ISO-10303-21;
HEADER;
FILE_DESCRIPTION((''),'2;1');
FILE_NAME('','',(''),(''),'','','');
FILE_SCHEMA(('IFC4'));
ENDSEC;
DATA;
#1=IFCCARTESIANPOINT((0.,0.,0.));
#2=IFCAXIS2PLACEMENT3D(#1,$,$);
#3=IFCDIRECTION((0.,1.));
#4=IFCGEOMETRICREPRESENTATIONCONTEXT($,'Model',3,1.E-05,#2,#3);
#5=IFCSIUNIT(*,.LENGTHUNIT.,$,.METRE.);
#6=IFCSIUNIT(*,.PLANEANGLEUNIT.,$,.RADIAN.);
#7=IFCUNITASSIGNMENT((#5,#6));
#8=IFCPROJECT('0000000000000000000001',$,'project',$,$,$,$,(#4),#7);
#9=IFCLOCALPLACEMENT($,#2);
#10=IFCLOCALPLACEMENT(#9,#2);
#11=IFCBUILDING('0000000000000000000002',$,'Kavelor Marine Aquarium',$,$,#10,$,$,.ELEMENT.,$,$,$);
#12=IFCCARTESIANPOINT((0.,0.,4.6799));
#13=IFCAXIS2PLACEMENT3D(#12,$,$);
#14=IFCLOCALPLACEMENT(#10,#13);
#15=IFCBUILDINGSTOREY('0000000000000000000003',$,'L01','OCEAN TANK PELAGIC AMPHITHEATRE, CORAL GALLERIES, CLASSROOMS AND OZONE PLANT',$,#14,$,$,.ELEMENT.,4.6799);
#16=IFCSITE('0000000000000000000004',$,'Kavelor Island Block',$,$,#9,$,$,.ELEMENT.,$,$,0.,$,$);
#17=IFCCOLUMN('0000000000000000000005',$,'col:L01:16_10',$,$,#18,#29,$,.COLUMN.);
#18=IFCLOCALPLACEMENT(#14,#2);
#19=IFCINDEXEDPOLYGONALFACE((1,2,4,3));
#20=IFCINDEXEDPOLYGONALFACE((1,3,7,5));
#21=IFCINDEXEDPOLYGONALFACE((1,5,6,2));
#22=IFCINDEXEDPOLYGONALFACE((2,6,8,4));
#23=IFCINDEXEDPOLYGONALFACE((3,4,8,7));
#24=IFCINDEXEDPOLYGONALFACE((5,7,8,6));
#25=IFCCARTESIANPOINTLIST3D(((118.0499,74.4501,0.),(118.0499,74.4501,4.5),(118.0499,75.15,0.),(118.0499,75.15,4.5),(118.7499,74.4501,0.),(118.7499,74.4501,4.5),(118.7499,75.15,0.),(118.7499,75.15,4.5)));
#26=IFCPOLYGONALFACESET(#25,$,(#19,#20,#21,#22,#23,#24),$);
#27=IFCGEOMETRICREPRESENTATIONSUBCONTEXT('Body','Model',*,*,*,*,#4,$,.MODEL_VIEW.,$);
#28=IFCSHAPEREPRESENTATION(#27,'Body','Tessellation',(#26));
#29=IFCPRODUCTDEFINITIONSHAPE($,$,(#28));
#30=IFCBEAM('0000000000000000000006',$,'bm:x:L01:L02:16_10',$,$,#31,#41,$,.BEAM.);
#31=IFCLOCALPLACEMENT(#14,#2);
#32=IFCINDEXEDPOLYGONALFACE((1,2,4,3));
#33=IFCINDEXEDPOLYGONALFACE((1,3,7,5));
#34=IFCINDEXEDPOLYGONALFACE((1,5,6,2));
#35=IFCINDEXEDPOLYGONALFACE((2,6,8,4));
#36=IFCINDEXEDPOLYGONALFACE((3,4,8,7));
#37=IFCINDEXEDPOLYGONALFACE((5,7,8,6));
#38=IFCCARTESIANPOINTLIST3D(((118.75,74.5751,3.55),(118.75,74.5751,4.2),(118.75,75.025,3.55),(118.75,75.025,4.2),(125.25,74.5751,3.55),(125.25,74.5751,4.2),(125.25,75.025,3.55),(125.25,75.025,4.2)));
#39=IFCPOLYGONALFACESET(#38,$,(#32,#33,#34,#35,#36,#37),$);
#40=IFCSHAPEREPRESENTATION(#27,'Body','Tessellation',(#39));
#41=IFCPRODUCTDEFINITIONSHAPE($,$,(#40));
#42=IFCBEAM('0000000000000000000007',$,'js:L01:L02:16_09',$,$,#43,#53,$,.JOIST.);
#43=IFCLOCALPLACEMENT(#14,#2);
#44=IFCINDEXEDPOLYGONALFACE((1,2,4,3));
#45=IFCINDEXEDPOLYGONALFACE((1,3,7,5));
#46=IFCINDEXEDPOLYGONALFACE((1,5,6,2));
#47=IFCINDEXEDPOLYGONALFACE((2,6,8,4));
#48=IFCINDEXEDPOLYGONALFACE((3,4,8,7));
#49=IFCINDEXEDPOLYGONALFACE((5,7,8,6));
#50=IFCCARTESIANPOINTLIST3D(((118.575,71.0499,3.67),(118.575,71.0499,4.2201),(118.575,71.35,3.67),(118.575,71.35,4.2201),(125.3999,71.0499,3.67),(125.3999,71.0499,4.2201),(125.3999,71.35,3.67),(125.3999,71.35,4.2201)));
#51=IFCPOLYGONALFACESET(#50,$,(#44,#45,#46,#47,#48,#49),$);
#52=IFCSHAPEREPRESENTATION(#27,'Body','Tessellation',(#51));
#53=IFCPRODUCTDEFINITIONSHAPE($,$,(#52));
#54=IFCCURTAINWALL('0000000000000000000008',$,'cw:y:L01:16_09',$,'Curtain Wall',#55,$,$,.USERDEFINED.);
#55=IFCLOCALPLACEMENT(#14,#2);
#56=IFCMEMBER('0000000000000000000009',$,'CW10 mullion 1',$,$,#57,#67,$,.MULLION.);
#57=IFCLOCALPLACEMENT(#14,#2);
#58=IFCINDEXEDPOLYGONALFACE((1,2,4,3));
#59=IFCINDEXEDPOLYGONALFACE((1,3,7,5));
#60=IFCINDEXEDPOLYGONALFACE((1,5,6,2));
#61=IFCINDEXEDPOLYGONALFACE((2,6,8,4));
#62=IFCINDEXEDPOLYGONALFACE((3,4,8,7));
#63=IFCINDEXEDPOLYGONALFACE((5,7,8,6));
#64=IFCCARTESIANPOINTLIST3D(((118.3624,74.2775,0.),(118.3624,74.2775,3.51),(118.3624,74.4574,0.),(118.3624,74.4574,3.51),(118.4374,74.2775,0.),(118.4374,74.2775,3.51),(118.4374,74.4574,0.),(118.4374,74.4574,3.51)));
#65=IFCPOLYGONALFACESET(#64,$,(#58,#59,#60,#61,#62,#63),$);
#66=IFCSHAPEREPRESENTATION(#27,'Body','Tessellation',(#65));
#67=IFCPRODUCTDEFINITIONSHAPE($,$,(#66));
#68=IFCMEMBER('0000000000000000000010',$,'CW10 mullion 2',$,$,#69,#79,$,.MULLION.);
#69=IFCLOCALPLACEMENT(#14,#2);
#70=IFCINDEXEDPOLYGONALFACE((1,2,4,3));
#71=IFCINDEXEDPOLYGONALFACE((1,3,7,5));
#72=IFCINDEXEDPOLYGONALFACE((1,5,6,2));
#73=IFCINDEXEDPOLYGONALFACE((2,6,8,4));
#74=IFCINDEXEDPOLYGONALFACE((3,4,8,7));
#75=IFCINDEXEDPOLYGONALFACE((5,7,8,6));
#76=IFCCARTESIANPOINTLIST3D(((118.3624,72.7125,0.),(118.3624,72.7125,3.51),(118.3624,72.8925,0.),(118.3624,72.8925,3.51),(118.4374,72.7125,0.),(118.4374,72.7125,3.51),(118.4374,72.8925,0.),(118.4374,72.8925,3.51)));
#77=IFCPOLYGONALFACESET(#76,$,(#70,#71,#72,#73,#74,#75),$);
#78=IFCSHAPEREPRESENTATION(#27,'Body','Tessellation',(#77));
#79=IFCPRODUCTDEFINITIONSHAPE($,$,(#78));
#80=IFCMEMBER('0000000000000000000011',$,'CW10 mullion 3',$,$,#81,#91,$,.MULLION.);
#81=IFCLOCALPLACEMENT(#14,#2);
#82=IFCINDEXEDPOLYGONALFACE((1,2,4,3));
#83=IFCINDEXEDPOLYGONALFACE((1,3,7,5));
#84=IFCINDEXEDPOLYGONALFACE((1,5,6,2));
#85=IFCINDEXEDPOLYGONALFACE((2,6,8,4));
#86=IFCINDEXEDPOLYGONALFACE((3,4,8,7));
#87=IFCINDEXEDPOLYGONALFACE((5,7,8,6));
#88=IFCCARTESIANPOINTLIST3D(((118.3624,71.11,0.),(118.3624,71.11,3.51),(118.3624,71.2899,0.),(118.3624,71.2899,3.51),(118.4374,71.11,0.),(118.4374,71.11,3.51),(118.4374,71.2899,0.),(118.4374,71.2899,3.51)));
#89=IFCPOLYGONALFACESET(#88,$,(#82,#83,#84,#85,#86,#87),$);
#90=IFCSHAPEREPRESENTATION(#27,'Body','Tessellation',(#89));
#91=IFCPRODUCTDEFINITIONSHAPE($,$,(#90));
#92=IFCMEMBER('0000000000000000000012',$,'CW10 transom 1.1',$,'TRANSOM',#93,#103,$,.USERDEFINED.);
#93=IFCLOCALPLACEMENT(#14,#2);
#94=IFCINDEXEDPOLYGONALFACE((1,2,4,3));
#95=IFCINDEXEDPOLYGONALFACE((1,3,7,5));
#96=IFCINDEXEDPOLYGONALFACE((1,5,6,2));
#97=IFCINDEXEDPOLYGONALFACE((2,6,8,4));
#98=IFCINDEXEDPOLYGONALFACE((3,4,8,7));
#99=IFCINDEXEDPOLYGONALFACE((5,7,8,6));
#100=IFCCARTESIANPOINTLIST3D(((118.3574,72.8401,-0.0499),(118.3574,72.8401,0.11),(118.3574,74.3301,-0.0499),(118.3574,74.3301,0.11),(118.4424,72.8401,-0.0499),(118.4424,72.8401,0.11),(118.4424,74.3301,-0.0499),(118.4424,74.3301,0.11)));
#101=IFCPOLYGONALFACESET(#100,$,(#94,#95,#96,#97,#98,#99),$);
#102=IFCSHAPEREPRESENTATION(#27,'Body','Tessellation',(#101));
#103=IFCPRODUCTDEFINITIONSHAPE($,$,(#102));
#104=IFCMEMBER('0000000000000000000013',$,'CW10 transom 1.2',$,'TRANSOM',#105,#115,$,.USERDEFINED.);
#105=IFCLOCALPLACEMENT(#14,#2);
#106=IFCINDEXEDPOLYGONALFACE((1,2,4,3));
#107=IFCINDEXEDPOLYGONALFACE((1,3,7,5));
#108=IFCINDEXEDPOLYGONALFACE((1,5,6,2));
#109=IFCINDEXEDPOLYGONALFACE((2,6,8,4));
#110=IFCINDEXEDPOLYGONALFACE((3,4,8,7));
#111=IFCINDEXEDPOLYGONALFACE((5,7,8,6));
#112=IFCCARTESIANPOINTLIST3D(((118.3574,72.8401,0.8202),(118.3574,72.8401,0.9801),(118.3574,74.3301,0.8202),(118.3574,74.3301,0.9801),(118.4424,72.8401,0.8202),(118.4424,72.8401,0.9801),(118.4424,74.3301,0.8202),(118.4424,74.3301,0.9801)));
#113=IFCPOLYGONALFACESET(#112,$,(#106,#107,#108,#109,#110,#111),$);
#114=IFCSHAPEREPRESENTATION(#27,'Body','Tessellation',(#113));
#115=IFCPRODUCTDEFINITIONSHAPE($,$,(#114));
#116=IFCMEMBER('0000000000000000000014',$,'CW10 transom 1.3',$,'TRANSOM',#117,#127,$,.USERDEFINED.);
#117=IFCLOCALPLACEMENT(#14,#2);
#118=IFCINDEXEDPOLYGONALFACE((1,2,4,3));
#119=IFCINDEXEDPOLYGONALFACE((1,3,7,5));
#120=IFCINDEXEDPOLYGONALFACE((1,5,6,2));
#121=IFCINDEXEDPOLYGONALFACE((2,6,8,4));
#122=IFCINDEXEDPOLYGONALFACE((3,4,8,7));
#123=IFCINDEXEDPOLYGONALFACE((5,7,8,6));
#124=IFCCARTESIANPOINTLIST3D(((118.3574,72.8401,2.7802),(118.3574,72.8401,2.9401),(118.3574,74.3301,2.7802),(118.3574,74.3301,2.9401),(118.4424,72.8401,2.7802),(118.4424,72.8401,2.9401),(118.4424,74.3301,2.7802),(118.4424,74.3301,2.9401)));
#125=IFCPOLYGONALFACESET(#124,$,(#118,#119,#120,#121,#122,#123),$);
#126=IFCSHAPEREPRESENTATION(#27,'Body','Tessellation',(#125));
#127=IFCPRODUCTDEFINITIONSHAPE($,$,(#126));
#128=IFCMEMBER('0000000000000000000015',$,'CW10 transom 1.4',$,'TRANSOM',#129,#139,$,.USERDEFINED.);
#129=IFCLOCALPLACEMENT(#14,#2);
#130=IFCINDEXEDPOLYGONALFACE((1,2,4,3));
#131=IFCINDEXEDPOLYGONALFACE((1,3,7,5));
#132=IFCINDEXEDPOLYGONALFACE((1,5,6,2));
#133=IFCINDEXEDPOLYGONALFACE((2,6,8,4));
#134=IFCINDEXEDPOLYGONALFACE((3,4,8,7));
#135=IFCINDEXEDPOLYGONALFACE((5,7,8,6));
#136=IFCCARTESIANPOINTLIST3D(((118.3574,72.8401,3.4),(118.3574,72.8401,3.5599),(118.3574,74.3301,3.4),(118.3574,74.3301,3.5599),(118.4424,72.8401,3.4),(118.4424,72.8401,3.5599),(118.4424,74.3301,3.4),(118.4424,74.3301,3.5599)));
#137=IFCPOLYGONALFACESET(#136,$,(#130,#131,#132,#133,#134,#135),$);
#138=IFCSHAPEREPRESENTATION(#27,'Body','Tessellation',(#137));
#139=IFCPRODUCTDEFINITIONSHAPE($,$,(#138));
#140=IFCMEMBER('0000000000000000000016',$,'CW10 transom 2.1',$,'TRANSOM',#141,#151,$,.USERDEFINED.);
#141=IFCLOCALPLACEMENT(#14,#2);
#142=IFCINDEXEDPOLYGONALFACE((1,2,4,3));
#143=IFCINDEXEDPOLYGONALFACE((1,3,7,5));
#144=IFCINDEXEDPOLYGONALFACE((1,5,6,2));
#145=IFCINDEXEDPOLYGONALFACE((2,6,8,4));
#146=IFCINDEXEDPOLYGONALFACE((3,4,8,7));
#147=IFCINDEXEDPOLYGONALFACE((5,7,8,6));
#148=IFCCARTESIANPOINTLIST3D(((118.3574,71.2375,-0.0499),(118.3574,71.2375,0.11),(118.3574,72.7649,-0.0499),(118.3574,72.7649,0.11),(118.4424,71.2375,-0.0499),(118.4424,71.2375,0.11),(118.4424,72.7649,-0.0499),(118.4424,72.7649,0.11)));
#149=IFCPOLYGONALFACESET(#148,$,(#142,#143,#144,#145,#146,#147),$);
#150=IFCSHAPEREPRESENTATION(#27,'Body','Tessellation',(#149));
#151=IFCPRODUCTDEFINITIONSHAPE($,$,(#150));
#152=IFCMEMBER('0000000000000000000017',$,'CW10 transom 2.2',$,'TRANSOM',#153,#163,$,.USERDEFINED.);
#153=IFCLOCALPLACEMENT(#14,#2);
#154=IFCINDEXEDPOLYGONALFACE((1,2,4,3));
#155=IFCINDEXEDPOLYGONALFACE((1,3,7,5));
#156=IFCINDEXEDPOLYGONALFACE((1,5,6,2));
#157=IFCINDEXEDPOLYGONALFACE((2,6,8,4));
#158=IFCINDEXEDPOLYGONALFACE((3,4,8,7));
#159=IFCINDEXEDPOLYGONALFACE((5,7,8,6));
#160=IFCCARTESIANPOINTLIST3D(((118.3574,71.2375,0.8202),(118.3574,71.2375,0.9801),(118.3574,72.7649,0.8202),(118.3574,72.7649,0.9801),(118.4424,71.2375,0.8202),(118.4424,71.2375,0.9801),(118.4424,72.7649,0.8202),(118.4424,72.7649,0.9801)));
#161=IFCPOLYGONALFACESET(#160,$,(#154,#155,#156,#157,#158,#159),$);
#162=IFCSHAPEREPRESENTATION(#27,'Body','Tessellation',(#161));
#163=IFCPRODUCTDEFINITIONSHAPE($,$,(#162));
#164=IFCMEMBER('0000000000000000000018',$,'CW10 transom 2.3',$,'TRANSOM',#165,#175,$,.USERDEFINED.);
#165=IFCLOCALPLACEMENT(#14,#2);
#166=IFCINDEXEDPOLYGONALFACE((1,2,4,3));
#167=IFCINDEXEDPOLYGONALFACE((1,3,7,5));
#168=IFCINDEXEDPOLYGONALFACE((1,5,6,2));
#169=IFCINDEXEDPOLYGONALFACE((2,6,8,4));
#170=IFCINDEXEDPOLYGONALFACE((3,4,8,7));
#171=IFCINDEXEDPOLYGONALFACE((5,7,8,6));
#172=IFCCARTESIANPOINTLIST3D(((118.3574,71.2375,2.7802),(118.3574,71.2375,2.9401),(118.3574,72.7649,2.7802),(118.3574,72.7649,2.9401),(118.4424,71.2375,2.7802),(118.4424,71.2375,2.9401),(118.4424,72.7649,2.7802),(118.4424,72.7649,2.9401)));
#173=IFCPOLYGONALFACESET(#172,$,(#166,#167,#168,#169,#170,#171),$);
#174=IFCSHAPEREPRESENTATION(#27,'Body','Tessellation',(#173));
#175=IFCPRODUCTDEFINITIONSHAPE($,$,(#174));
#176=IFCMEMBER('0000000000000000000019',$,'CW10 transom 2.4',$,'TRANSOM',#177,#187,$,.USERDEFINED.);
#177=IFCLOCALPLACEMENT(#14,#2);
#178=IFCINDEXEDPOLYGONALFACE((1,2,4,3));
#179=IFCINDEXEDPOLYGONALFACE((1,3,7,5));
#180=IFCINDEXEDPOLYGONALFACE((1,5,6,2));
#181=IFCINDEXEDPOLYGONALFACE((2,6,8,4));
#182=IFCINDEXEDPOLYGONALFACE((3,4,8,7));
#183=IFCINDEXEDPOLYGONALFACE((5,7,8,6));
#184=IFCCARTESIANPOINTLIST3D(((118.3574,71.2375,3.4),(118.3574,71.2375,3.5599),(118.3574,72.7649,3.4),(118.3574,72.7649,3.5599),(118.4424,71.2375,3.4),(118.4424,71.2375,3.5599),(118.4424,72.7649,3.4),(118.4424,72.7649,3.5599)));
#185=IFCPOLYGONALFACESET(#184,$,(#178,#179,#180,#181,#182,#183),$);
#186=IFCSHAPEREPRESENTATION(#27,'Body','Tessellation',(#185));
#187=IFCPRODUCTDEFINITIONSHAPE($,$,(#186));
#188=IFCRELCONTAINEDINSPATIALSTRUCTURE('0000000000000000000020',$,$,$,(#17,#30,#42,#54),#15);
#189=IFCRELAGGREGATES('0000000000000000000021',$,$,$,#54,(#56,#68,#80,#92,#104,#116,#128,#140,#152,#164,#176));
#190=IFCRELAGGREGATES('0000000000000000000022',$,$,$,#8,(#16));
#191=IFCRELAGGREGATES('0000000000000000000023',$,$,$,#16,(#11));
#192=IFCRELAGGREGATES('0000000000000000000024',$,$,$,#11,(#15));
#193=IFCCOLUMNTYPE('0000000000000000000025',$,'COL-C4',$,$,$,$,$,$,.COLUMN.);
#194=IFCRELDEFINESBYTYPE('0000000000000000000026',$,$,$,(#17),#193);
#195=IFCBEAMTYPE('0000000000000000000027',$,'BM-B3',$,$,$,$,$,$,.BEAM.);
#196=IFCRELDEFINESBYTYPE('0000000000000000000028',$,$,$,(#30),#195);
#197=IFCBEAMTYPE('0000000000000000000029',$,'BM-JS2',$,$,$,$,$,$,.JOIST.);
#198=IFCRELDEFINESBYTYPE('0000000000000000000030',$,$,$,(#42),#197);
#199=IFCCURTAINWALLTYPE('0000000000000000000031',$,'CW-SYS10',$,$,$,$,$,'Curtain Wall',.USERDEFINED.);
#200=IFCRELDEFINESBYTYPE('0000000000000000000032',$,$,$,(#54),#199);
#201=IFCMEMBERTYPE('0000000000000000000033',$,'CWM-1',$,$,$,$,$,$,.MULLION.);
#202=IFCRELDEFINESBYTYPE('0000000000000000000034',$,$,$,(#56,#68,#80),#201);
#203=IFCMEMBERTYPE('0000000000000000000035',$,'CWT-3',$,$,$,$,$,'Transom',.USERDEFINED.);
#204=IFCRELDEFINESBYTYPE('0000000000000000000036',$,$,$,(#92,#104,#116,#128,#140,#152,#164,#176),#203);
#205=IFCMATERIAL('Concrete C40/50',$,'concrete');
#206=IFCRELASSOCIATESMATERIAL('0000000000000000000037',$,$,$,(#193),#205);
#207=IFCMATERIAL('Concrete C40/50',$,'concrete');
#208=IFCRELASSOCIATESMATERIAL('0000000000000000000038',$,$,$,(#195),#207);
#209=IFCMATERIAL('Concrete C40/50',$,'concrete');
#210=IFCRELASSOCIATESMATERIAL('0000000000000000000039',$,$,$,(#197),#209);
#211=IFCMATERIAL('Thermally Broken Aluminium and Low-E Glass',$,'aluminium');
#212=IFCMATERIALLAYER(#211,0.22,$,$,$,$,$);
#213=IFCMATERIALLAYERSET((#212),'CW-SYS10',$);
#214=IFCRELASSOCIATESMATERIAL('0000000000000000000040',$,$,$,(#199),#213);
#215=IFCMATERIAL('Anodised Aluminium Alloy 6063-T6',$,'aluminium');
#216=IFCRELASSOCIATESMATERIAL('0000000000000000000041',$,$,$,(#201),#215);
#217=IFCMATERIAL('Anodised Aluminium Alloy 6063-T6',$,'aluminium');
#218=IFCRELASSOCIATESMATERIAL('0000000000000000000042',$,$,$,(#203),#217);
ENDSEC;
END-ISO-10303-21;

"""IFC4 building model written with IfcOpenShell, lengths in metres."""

from ifc_helpers import new_model, si_unit, direction, frame, origin, origin_2d, place, context, subcontext, project, spatial, rectangle, extrude, material, layer, layer_set, material_profile, profile_set, type_object, element, aggregate, save


model = new_model("IFC4")

# Units and contexts
model_context = context("Model", 3, precision=1e-05, world=origin(), true_north=direction((0.0, 1.0)))
body_context = subcontext(model_context, "Body", "Model", "MODEL_VIEW")
ifc_project = project(units=[si_unit("LENGTHUNIT", "METRE"), si_unit("PLANEANGLEUNIT", "RADIAN")], contexts=[model_context])

# Site, building, storey
site_placement = place(None, origin())
site = spatial("IfcSite", under=ifc_project, at=site_placement, Name="Kavelor Island Block", CompositionType="ELEMENT", RefElevation=0.0)
building_placement = place(site_placement, origin())
building = spatial("IfcBuilding", under=site, at=building_placement, Name="Kavelor Marine Aquarium", CompositionType="ELEMENT")
storey_placement = place(building_placement, frame((0.0, 0.0, 4.6799)))
storey = spatial("IfcBuildingStorey", under=building, at=storey_placement, Name="L01", Description="OCEAN TANK PELAGIC AMPHITHEATRE, CORAL GALLERIES, CLASSROOMS AND OZONE PLANT", CompositionType="ELEMENT", Elevation=4.6799)

# Column
ifc_material_1 = material(Name="Concrete C40/50", Category="concrete")
ifc_material_profile_1 = material_profile(ifc_material_1, rectangle(XDim=0.7, YDim=0.7, at=origin_2d()), Name="RC-COL 700x700")
ifc_profile_set_1 = profile_set([ifc_material_profile_1], Name="Concrete C40/50")
column_type = type_object("IfcColumnType", Name="COL-C4", PredefinedType="COLUMN", material=ifc_profile_set_1)
column_placement = place(storey_placement, frame((118.3999, 74.8, 0.0), z_axis=(0.0, 0.0, 1.0), x_axis=(1.0, 0.0, 0.0)))
element("IfcColumn", 1, at=column_placement, inside=storey, type_object=column_type, Name="col:L01:16_10", PredefinedType="COLUMN", context=body_context, shape_type="SweptSolid", body=[
    extrude(rectangle(XDim=0.7, YDim=0.7, at=origin_2d()), origin(), (0.0, 0.0, 1.0), 4.5),
])

# Beams
ifc_material_2 = material(Name="Concrete C40/50", Category="concrete")
ifc_material_profile_2 = material_profile(ifc_material_2, rectangle(XDim=0.45, YDim=0.6499, at=origin_2d()), Name="RC-BM 450x650")
ifc_profile_set_2 = profile_set([ifc_material_profile_2], Name="Concrete C40/50")
beam_type_1 = type_object("IfcBeamType", Name="BM-B3", PredefinedType="BEAM", material=ifc_profile_set_2)
beam_1_placement = place(storey_placement, frame((118.75, 74.8, 3.875), z_axis=(1.0, 0.0, 0.0), x_axis=(0.0, 1.0, 0.0)))
element("IfcBeam", 2, at=beam_1_placement, inside=storey, type_object=beam_type_1, Name="bm:x:L01:L02:16_10", PredefinedType="BEAM", context=body_context, shape_type="SweptSolid", body=[
    extrude(rectangle(XDim=0.45, YDim=0.6499, at=origin_2d()), origin(), (0.0, 0.0, 1.0), 6.5),
])
ifc_material_3 = material(Name="Concrete C40/50", Category="concrete")
ifc_material_profile_3 = material_profile(ifc_material_3, rectangle(XDim=0.3, YDim=0.55, at=origin_2d()), Name="RC-JS 300x550")
ifc_profile_set_3 = profile_set([ifc_material_profile_3], Name="Concrete C40/50")
beam_type_2 = type_object("IfcBeamType", Name="BM-JS2", PredefinedType="JOIST", material=ifc_profile_set_3)
beam_2_placement = place(storey_placement, frame((118.575, 71.2, 3.9451), z_axis=(1.0, 0.0, 0.0), x_axis=(0.0, 1.0, 0.0)))
element("IfcBeam", 3, at=beam_2_placement, inside=storey, type_object=beam_type_2, Name="js:L01:L02:16_09", PredefinedType="JOIST", context=body_context, shape_type="SweptSolid", body=[
    extrude(rectangle(XDim=0.3, YDim=0.55, at=origin_2d()), origin(), (0.0, 0.0, 1.0), 6.825),
])

# Curtain wall, members
ifc_material_4 = material(Name="Thermally Broken Aluminium and Low-E Glass", Category="aluminium")
ifc_layer_1 = layer(ifc_material_4, 0.22)
ifc_layer_set_1 = layer_set([ifc_layer_1], Name="CW-SYS10")
curtain_wall_type = type_object("IfcCurtainWallType", Name="CW-SYS10", ElementType="Curtain Wall", PredefinedType="USERDEFINED", material=ifc_layer_set_1)
curtain_wall_placement = place(storey_placement, origin())
curtain_wall = element("IfcCurtainWall", 4, at=curtain_wall_placement, inside=storey, type_object=curtain_wall_type, Name="cw:y:L01:16_09", ObjectType="Curtain Wall", PredefinedType="USERDEFINED")
ifc_material_5 = material(Name="Anodised Aluminium Alloy 6063-T6", Category="aluminium")
ifc_material_profile_4 = material_profile(ifc_material_5, rectangle(XDim=0.075, YDim=0.1799, at=origin_2d()), Name="CW-MUL 75x180")
ifc_profile_set_4 = profile_set([ifc_material_profile_4], Name="Anodised Aluminium Alloy 6063-T6")
member_type_1 = type_object("IfcMemberType", Name="CWM-1", PredefinedType="MULLION", material=ifc_profile_set_4)
member_1_placement = place(storey_placement, frame((118.3999, 74.3674, 0.0), z_axis=(0.0, 0.0, 1.0), x_axis=(1.0, 0.0, 0.0)))
member_1 = element("IfcMember", 5, at=member_1_placement, type_object=member_type_1, Name="CW10 mullion 1", PredefinedType="MULLION", context=body_context, shape_type="SweptSolid", body=[
    extrude(rectangle(XDim=0.075, YDim=0.1799, at=origin_2d()), origin(), (0.0, 0.0, 1.0), 3.51),
])
member_2_placement = place(storey_placement, frame((118.3999, 72.8025, 0.0), z_axis=(0.0, 0.0, 1.0), x_axis=(1.0, 0.0, 0.0)))
member_2 = element("IfcMember", 6, at=member_2_placement, type_object=member_type_1, Name="CW10 mullion 2", PredefinedType="MULLION", context=body_context, shape_type="SweptSolid", body=[
    extrude(rectangle(XDim=0.075, YDim=0.1799, at=origin_2d()), origin(), (0.0, 0.0, 1.0), 3.51),
])
member_3_placement = place(storey_placement, frame((118.3999, 71.2, 0.0), z_axis=(0.0, 0.0, 1.0), x_axis=(1.0, 0.0, 0.0)))
member_3 = element("IfcMember", 7, at=member_3_placement, type_object=member_type_1, Name="CW10 mullion 3", PredefinedType="MULLION", context=body_context, shape_type="SweptSolid", body=[
    extrude(rectangle(XDim=0.075, YDim=0.1799, at=origin_2d()), origin(), (0.0, 0.0, 1.0), 3.51),
])
ifc_material_6 = material(Name="Anodised Aluminium Alloy 6063-T6", Category="aluminium")
ifc_material_profile_5 = material_profile(ifc_material_6, rectangle(XDim=0.085, YDim=0.1599, at=origin_2d()), Name="CW-TRN 85x160")
ifc_profile_set_5 = profile_set([ifc_material_profile_5], Name="Anodised Aluminium Alloy 6063-T6")
member_type_2 = type_object("IfcMemberType", Name="CWT-3", ElementType="Transom", PredefinedType="USERDEFINED", material=ifc_profile_set_5)
member_4_placement = place(storey_placement, frame((118.3999, 74.3301, 0.03), z_axis=(0.0, -1.0, 0.0), x_axis=(1.0, 0.0, 0.0)))
member_4 = element("IfcMember", 8, at=member_4_placement, type_object=member_type_2, Name="CW10 transom 1.1", ObjectType="TRANSOM", PredefinedType="USERDEFINED", context=body_context, shape_type="SweptSolid", body=[
    extrude(rectangle(XDim=0.085, YDim=0.1599, at=origin_2d()), origin(), (0.0, 0.0, 1.0), 1.49),
])
member_5_placement = place(storey_placement, frame((118.3999, 74.3301, 0.9001), z_axis=(0.0, -1.0, 0.0), x_axis=(1.0, 0.0, 0.0)))
member_5 = element("IfcMember", 9, at=member_5_placement, type_object=member_type_2, Name="CW10 transom 1.2", ObjectType="TRANSOM", PredefinedType="USERDEFINED", context=body_context, shape_type="SweptSolid", body=[
    extrude(rectangle(XDim=0.085, YDim=0.1599, at=origin_2d()), origin(), (0.0, 0.0, 1.0), 1.49),
])
member_6_placement = place(storey_placement, frame((118.3999, 74.3301, 2.8601), z_axis=(0.0, -1.0, 0.0), x_axis=(1.0, 0.0, 0.0)))
member_6 = element("IfcMember", 10, at=member_6_placement, type_object=member_type_2, Name="CW10 transom 1.3", ObjectType="TRANSOM", PredefinedType="USERDEFINED", context=body_context, shape_type="SweptSolid", body=[
    extrude(rectangle(XDim=0.085, YDim=0.1599, at=origin_2d()), origin(), (0.0, 0.0, 1.0), 1.49),
])
member_7_placement = place(storey_placement, frame((118.3999, 74.3301, 3.48), z_axis=(0.0, -1.0, 0.0), x_axis=(1.0, 0.0, 0.0)))
member_7 = element("IfcMember", 11, at=member_7_placement, type_object=member_type_2, Name="CW10 transom 1.4", ObjectType="TRANSOM", PredefinedType="USERDEFINED", context=body_context, shape_type="SweptSolid", body=[
    extrude(rectangle(XDim=0.085, YDim=0.1599, at=origin_2d()), origin(), (0.0, 0.0, 1.0), 1.49),
])
member_8_placement = place(storey_placement, frame((118.3999, 72.7649, 0.03), z_axis=(0.0, -1.0, 0.0), x_axis=(1.0, 0.0, 0.0)))
member_8 = element("IfcMember", 12, at=member_8_placement, type_object=member_type_2, Name="CW10 transom 2.1", ObjectType="TRANSOM", PredefinedType="USERDEFINED", context=body_context, shape_type="SweptSolid", body=[
    extrude(rectangle(XDim=0.085, YDim=0.1599, at=origin_2d()), origin(), (0.0, 0.0, 1.0), 1.5273),
])
member_9_placement = place(storey_placement, frame((118.3999, 72.7649, 0.9001), z_axis=(0.0, -1.0, 0.0), x_axis=(1.0, 0.0, 0.0)))
member_9 = element("IfcMember", 13, at=member_9_placement, type_object=member_type_2, Name="CW10 transom 2.2", ObjectType="TRANSOM", PredefinedType="USERDEFINED", context=body_context, shape_type="SweptSolid", body=[
    extrude(rectangle(XDim=0.085, YDim=0.1599, at=origin_2d()), origin(), (0.0, 0.0, 1.0), 1.5273),
])
member_10_placement = place(storey_placement, frame((118.3999, 72.7649, 2.8601), z_axis=(0.0, -1.0, 0.0), x_axis=(1.0, 0.0, 0.0)))
member_10 = element("IfcMember", 14, at=member_10_placement, type_object=member_type_2, Name="CW10 transom 2.3", ObjectType="TRANSOM", PredefinedType="USERDEFINED", context=body_context, shape_type="SweptSolid", body=[
    extrude(rectangle(XDim=0.085, YDim=0.1599, at=origin_2d()), origin(), (0.0, 0.0, 1.0), 1.5273),
])
member_11_placement = place(storey_placement, frame((118.3999, 72.7649, 3.48), z_axis=(0.0, -1.0, 0.0), x_axis=(1.0, 0.0, 0.0)))
member_11 = element("IfcMember", 15, at=member_11_placement, type_object=member_type_2, Name="CW10 transom 2.4", ObjectType="TRANSOM", PredefinedType="USERDEFINED", context=body_context, shape_type="SweptSolid", body=[
    extrude(rectangle(XDim=0.085, YDim=0.1599, at=origin_2d()), origin(), (0.0, 0.0, 1.0), 1.5273),
])
aggregate(curtain_wall, [member_1, member_2, member_3, member_4, member_5, member_6, member_7, member_8, member_9, member_10, member_11])

save(model, "model.ifc")
